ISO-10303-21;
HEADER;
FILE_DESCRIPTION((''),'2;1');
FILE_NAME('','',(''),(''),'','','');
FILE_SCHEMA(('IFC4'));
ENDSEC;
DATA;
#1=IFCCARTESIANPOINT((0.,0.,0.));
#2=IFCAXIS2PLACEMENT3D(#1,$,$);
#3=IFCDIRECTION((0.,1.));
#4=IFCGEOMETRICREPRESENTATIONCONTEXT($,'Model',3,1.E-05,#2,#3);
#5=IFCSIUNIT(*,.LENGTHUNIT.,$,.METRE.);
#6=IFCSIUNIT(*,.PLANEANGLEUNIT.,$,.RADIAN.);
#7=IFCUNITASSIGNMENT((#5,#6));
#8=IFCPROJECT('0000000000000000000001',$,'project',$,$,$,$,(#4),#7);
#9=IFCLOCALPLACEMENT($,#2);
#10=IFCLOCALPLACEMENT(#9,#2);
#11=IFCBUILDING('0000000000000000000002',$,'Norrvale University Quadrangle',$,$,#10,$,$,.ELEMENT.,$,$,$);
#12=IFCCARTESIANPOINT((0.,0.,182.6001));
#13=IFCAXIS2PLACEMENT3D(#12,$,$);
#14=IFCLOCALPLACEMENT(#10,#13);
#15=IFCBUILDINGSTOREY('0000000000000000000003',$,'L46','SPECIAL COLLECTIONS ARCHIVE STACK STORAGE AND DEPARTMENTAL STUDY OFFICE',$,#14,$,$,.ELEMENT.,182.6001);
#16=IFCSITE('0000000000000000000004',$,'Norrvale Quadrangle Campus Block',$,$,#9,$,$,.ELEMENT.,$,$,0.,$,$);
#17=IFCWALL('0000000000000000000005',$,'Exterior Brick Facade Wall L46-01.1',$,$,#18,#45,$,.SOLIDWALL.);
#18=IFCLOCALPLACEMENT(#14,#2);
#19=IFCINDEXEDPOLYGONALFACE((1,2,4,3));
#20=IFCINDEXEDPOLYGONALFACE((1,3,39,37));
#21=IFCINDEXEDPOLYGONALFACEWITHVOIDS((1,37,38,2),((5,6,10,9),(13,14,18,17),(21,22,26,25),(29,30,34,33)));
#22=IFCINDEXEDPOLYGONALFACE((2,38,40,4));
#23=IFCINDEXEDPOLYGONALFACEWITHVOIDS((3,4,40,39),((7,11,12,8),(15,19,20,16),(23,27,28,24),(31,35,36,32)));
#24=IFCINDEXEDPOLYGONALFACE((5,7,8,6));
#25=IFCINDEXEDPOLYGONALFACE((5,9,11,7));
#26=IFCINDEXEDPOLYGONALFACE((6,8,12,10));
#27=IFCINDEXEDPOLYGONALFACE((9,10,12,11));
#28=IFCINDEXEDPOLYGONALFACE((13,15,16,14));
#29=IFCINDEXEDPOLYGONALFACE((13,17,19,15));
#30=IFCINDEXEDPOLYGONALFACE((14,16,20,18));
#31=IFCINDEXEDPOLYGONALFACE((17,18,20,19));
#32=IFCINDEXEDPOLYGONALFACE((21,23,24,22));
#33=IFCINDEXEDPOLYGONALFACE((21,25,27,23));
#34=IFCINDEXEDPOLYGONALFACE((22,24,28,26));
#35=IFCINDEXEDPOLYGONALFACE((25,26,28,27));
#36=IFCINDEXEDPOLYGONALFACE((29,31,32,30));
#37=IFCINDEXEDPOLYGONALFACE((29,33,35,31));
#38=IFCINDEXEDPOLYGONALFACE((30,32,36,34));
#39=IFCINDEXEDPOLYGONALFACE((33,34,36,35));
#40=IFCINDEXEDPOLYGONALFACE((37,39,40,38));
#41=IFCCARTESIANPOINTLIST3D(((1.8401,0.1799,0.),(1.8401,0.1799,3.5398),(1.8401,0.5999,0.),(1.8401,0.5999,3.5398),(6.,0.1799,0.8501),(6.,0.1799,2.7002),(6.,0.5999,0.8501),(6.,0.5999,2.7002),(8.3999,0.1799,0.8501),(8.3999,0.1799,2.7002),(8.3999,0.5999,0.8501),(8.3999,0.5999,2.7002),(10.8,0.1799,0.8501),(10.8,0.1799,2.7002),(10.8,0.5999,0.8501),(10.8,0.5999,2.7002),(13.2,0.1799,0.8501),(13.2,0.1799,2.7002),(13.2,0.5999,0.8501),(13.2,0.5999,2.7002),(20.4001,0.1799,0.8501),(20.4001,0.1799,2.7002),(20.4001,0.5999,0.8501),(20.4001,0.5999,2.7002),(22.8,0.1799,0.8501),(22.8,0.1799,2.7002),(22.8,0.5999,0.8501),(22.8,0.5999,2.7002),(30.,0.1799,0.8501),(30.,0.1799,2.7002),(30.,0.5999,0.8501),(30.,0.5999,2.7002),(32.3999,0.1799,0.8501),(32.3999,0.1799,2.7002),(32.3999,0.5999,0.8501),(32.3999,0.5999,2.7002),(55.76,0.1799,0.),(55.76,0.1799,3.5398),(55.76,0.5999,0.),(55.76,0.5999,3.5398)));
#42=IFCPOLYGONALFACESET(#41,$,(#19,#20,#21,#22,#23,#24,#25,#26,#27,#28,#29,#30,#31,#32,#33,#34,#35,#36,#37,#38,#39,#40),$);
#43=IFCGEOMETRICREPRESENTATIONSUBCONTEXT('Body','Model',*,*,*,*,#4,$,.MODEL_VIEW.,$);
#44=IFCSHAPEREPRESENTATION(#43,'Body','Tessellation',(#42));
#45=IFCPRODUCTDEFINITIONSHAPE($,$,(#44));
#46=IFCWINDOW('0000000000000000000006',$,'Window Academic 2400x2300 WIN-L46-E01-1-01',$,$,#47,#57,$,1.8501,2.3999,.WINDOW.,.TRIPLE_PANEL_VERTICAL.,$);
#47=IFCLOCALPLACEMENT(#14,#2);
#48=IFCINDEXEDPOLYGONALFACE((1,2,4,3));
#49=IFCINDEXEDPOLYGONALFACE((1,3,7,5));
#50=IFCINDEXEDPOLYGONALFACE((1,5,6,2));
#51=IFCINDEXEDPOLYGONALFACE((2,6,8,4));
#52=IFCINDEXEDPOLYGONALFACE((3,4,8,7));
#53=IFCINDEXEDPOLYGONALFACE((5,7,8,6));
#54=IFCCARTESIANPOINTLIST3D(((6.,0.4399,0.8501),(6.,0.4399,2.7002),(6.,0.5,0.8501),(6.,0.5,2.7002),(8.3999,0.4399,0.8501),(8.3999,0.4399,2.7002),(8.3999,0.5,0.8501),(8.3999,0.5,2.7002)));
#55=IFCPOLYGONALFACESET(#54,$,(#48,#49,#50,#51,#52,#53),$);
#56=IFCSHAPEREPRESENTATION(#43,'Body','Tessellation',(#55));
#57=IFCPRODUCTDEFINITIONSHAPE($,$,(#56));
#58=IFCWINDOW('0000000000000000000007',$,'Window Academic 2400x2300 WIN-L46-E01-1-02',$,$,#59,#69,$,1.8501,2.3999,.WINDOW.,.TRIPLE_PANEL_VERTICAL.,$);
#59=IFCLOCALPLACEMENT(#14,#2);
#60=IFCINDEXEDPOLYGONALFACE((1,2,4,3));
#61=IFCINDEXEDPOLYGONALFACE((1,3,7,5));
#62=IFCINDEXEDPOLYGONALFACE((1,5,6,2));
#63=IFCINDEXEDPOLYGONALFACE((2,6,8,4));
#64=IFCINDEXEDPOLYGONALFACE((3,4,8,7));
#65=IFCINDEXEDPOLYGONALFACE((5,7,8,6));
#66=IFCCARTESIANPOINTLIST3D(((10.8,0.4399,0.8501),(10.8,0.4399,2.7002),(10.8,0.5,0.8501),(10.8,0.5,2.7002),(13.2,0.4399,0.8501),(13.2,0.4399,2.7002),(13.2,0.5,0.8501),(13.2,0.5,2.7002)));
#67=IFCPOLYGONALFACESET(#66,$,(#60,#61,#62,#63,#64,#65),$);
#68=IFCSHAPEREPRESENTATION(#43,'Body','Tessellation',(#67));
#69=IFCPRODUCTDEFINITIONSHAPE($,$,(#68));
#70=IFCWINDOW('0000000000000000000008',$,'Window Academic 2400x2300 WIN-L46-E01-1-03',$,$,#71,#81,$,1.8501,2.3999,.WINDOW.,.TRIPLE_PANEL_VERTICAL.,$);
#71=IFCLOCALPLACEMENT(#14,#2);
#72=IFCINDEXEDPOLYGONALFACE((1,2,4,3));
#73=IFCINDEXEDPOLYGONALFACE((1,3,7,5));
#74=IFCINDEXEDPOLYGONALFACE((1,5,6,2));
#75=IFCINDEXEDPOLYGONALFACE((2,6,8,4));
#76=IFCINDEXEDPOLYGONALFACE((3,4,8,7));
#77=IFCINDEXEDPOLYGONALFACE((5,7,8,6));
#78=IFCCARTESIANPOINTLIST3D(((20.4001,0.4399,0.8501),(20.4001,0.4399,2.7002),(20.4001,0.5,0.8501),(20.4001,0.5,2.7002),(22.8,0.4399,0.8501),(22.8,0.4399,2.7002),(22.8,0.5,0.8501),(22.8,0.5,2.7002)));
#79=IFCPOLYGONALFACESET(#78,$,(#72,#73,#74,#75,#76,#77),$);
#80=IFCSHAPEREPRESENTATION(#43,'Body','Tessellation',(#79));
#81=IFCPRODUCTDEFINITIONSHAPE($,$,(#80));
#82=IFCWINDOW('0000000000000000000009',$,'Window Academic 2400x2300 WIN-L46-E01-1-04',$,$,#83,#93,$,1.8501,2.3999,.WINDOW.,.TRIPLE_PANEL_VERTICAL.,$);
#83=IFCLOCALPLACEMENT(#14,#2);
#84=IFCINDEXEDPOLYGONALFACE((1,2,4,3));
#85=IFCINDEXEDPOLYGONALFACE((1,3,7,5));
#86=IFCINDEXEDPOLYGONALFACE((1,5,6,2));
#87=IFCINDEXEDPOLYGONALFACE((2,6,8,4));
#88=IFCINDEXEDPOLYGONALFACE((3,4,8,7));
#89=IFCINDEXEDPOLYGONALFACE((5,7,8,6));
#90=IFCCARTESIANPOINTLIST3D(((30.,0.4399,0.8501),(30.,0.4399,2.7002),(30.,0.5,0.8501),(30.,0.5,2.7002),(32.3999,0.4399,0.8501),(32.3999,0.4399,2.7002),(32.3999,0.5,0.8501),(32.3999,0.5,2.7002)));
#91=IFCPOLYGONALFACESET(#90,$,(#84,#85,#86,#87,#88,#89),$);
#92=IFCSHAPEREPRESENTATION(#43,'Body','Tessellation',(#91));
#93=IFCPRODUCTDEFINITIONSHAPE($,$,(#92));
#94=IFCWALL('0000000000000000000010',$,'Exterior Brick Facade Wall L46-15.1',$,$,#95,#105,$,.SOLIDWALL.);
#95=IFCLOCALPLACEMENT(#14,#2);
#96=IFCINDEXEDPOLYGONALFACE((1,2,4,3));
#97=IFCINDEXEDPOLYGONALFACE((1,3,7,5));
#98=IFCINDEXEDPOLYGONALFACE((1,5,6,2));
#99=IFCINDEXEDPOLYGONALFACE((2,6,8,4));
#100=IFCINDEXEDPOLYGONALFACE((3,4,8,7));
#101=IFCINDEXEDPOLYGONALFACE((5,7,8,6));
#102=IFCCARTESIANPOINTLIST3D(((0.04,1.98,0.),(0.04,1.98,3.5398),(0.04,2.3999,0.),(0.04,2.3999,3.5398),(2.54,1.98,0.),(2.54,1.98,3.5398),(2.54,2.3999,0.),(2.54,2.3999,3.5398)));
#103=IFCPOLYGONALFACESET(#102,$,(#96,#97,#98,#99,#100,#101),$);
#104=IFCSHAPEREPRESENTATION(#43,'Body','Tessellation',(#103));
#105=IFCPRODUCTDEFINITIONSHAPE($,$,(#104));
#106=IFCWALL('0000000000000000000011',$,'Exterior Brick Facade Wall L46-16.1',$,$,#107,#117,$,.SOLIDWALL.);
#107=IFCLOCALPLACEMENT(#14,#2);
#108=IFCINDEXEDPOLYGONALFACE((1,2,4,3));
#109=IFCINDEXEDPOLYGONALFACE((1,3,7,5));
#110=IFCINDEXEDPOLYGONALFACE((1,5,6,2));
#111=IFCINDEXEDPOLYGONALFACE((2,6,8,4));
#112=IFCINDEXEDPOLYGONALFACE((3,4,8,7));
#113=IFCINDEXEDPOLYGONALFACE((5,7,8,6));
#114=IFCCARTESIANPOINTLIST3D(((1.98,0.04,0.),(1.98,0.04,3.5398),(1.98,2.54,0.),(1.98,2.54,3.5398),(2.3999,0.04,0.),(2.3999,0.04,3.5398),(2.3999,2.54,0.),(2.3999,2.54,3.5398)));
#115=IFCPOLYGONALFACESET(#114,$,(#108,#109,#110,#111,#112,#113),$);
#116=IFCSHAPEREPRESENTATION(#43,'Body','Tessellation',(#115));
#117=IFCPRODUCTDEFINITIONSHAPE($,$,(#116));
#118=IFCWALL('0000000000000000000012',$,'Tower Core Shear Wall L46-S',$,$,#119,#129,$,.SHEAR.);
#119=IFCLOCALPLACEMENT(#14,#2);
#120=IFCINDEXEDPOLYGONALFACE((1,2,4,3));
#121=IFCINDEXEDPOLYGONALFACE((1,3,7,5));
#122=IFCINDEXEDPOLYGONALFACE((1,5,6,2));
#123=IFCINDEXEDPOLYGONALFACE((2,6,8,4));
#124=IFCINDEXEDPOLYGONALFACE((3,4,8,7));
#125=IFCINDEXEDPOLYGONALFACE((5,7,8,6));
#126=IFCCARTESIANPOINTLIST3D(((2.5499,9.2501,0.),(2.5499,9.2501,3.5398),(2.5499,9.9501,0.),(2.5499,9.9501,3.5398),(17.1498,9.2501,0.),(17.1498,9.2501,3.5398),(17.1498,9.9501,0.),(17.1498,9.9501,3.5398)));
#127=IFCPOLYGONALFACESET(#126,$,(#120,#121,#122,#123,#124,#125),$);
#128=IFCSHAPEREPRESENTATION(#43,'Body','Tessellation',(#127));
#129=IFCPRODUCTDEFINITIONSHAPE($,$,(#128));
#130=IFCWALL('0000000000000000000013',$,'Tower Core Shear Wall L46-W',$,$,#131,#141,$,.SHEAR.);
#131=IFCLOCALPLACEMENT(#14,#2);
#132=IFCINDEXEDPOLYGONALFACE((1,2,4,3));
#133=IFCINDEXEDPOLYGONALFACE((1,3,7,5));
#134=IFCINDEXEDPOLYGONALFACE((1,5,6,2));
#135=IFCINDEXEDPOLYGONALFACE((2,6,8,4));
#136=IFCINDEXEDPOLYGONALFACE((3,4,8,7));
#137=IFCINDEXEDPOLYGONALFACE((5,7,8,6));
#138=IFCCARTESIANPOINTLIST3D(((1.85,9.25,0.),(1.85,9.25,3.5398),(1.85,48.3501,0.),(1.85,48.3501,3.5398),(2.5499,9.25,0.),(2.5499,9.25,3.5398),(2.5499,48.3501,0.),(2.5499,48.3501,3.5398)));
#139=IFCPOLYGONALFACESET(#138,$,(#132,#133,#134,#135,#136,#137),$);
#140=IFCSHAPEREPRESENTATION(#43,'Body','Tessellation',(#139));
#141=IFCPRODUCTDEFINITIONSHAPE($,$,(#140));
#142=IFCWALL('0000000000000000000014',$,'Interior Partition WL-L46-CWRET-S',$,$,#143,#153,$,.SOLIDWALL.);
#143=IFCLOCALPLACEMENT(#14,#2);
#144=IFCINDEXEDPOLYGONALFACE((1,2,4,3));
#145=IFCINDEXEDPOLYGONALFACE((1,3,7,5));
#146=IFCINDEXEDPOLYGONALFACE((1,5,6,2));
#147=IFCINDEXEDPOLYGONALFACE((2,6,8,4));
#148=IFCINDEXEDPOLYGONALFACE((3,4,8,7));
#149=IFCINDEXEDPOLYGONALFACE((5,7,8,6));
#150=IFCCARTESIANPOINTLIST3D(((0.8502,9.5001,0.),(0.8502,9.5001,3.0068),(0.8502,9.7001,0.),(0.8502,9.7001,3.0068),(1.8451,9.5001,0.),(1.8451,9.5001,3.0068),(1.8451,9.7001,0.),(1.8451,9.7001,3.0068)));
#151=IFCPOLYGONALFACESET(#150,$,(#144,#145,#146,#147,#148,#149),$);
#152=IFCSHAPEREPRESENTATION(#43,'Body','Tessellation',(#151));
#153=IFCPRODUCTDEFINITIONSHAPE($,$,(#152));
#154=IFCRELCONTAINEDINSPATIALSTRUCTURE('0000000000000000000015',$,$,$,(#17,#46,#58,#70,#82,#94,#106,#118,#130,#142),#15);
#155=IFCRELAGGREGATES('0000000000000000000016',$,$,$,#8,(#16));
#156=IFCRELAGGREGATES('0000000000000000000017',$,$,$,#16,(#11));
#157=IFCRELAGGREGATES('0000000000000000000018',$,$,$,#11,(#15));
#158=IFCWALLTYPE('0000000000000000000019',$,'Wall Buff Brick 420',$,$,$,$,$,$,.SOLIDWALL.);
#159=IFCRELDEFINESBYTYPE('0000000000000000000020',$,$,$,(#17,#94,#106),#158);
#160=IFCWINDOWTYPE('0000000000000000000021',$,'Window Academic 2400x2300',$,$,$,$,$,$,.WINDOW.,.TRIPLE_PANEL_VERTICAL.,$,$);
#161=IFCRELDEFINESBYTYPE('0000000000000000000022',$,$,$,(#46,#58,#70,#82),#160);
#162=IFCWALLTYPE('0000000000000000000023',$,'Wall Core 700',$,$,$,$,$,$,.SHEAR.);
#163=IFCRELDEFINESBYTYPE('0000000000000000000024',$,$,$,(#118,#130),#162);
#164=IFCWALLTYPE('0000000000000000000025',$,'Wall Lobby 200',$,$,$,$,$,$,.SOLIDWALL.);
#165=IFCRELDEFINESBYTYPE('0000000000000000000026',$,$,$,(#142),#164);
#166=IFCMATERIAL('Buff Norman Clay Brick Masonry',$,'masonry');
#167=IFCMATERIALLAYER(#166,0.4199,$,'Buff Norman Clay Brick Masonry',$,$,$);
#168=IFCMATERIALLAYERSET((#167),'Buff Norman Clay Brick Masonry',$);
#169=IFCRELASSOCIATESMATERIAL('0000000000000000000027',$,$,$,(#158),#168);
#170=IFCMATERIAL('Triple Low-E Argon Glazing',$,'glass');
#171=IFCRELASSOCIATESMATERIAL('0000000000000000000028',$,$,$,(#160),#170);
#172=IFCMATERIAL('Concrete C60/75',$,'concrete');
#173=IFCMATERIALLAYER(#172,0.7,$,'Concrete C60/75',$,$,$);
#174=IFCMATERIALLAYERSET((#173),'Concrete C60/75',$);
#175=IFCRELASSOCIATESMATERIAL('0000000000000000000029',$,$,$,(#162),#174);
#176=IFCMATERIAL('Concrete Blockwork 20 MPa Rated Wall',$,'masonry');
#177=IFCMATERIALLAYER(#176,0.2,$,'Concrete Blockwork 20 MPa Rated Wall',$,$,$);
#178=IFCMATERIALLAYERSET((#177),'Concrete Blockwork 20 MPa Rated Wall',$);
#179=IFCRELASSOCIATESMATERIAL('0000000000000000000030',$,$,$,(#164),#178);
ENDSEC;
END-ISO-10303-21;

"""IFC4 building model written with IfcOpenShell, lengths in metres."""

from ifc_helpers import new_model, si_unit, direction, frame, frame_2d, origin, place, context, subcontext, project, spatial, rectangle, extrude, material, layer, layer_set, type_object, element, fill, save


model = new_model("IFC4")

# Units and contexts
model_context = context("Model", 3, precision=1e-05, world=origin(), true_north=direction((0.0, 1.0)))
body_context = subcontext(model_context, "Body", "Model", "MODEL_VIEW")
ifc_project = project(units=[si_unit("LENGTHUNIT", "METRE"), si_unit("PLANEANGLEUNIT", "RADIAN")], contexts=[model_context])

# Site, building, storey
site_placement = place(None, origin())
site = spatial("IfcSite", under=ifc_project, at=site_placement, Name="Norrvale Quadrangle Campus Block", CompositionType="ELEMENT", RefElevation=0.0)
building_placement = place(site_placement, origin())
building = spatial("IfcBuilding", under=site, at=building_placement, Name="Norrvale University Quadrangle", CompositionType="ELEMENT")
storey_placement = place(building_placement, frame((0.0, 0.0, 182.6001)))
storey = spatial("IfcBuildingStorey", under=building, at=storey_placement, Name="L46", Description="SPECIAL COLLECTIONS ARCHIVE STACK STORAGE AND DEPARTMENTAL STUDY OFFICE", CompositionType="ELEMENT", Elevation=182.6001)

# Shared definitions
ifc_material_1 = material(Name="Concrete C60/75", Category="concrete")

# Wall, openings, windows
ifc_material_2 = material(Name="Buff Norman Clay Brick Masonry", Category="masonry")
ifc_layer_1 = layer(ifc_material_2, 0.4199, Name="Buff Norman Clay Brick Masonry")
ifc_layer_set_1 = layer_set([ifc_layer_1], Name="Buff Norman Clay Brick Masonry")
wall_type_1 = type_object("IfcWallType", Name="Wall Buff Brick 420", PredefinedType="SOLIDWALL", material=ifc_layer_set_1)
wall_1_placement = place(storey_placement, frame((1.8401, 0.3899, 0.0), z_axis=(0.0, 0.0, 1.0), x_axis=(1.0, 0.0, 0.0)))
wall_1 = element("IfcWall", 1, at=wall_1_placement, inside=storey, type_object=wall_type_1, Name="Exterior Brick Facade Wall L46-01.1", PredefinedType="SOLIDWALL", context=body_context, shape_type="SweptSolid", body=[
    extrude(rectangle(XDim=53.9199, YDim=0.4199, at=frame_2d((26.96, 0.0))), origin(), (0.0, 0.0, 1.0), 3.5398),
])
opening_1_placement = place(wall_1_placement, frame((4.1599, 0.0, 0.8501)))
opening_1 = element("IfcOpeningElement", 2, at=opening_1_placement, cuts=wall_1, PredefinedType="OPENING", context=body_context, shape_type="SweptSolid", body=[
    extrude(rectangle(XDim=2.3999, YDim=1.8501, at=frame_2d((1.2, 0.925))), frame((0.0, 0.2219, 0.0), z_axis=(0.0, -1.0, 0.0), x_axis=(1.0, 0.0, 0.0)), (0.0, 0.0, 1.0), 0.4438),
])
opening_2_placement = place(wall_1_placement, frame((8.96, 0.0, 0.8501)))
opening_2 = element("IfcOpeningElement", 3, at=opening_2_placement, cuts=wall_1, PredefinedType="OPENING", context=body_context, shape_type="SweptSolid", body=[
    extrude(rectangle(XDim=2.3999, YDim=1.8501, at=frame_2d((1.2, 0.925))), frame((0.0, 0.2219, 0.0), z_axis=(0.0, -1.0, 0.0), x_axis=(1.0, 0.0, 0.0)), (0.0, 0.0, 1.0), 0.4438),
])
opening_3_placement = place(wall_1_placement, frame((18.5601, 0.0, 0.8501)))
opening_3 = element("IfcOpeningElement", 4, at=opening_3_placement, cuts=wall_1, PredefinedType="OPENING", context=body_context, shape_type="SweptSolid", body=[
    extrude(rectangle(XDim=2.3999, YDim=1.8501, at=frame_2d((1.2, 0.925))), frame((0.0, 0.2219, 0.0), z_axis=(0.0, -1.0, 0.0), x_axis=(1.0, 0.0, 0.0)), (0.0, 0.0, 1.0), 0.4438),
])
opening_4_placement = place(wall_1_placement, frame((28.1599, 0.0, 0.8501)))
opening_4 = element("IfcOpeningElement", 5, at=opening_4_placement, cuts=wall_1, PredefinedType="OPENING", context=body_context, shape_type="SweptSolid", body=[
    extrude(rectangle(XDim=2.3999, YDim=1.8501, at=frame_2d((1.2, 0.925))), frame((0.0, 0.2219, 0.0), z_axis=(0.0, -1.0, 0.0), x_axis=(1.0, 0.0, 0.0)), (0.0, 0.0, 1.0), 0.4438),
])
ifc_material_3 = material(Name="Triple Low-E Argon Glazing", Category="glass")
window_type = type_object("IfcWindowType", Name="Window Academic 2400x2300", PartitioningType="TRIPLE_PANEL_VERTICAL", PredefinedType="WINDOW", material=ifc_material_3)
window_1_placement = place(opening_1_placement, origin())
window_1 = element("IfcWindow", 6, at=window_1_placement, inside=storey, type_object=window_type, Name="Window Academic 2400x2300 WIN-L46-E01-1-01", OverallHeight=1.8501, OverallWidth=2.3999, PartitioningType="TRIPLE_PANEL_VERTICAL", PredefinedType="WINDOW", context=body_context, shape_type="SweptSolid", body=[
    extrude(rectangle(XDim=2.3999, YDim=1.8501, at=frame_2d((1.2, 0.925))), frame((0.0, 0.1101, 0.0), z_axis=(0.0, -1.0, 0.0), x_axis=(1.0, 0.0, 0.0)), (0.0, 0.0, 1.0), 0.0601),
])
fill(opening_1, window_1)
window_2_placement = place(opening_2_placement, origin())
window_2 = element("IfcWindow", 7, at=window_2_placement, inside=storey, type_object=window_type, Name="Window Academic 2400x2300 WIN-L46-E01-1-02", OverallHeight=1.8501, OverallWidth=2.3999, PartitioningType="TRIPLE_PANEL_VERTICAL", PredefinedType="WINDOW", context=body_context, shape_type="SweptSolid", body=[
    extrude(rectangle(XDim=2.3999, YDim=1.8501, at=frame_2d((1.2, 0.925))), frame((0.0, 0.1101, 0.0), z_axis=(0.0, -1.0, 0.0), x_axis=(1.0, 0.0, 0.0)), (0.0, 0.0, 1.0), 0.0601),
])
fill(opening_2, window_2)
window_3_placement = place(opening_3_placement, origin())
window_3 = element("IfcWindow", 8, at=window_3_placement, inside=storey, type_object=window_type, Name="Window Academic 2400x2300 WIN-L46-E01-1-03", OverallHeight=1.8501, OverallWidth=2.3999, PartitioningType="TRIPLE_PANEL_VERTICAL", PredefinedType="WINDOW", context=body_context, shape_type="SweptSolid", body=[
    extrude(rectangle(XDim=2.3999, YDim=1.8501, at=frame_2d((1.2, 0.925))), frame((0.0, 0.1101, 0.0), z_axis=(0.0, -1.0, 0.0), x_axis=(1.0, 0.0, 0.0)), (0.0, 0.0, 1.0), 0.0601),
])
fill(opening_3, window_3)
window_4_placement = place(opening_4_placement, origin())
window_4 = element("IfcWindow", 9, at=window_4_placement, inside=storey, type_object=window_type, Name="Window Academic 2400x2300 WIN-L46-E01-1-04", OverallHeight=1.8501, OverallWidth=2.3999, PartitioningType="TRIPLE_PANEL_VERTICAL", PredefinedType="WINDOW", context=body_context, shape_type="SweptSolid", body=[
    extrude(rectangle(XDim=2.3999, YDim=1.8501, at=frame_2d((1.2, 0.925))), frame((0.0, 0.1101, 0.0), z_axis=(0.0, -1.0, 0.0), x_axis=(1.0, 0.0, 0.0)), (0.0, 0.0, 1.0), 0.0601),
])
fill(opening_4, window_4)

# Walls
for number, where, z_axis, x_axis, name in (
    (10, (0.04, 2.1899, 0.0), (0.0, 0.0, 1.0), (1.0, 0.0, 0.0), "Exterior Brick Facade Wall L46-15.1"),
    (11, (2.1899, 2.54, 0.0), (0.0, 0.0, 1.0), (0.0, -1.0, 0.0), "Exterior Brick Facade Wall L46-16.1"),
):
    element("IfcWall", number, at=place(storey_placement, frame(where, z_axis=z_axis, x_axis=x_axis)), inside=storey, type_object=wall_type_1, Name=name, PredefinedType="SOLIDWALL", context=body_context, shape_type="SweptSolid", body=[
        extrude(rectangle(XDim=2.5, YDim=0.4199, at=frame_2d((1.25, 0.0))), origin(), (0.0, 0.0, 1.0), 3.5398),
    ])
ifc_layer_2 = layer(ifc_material_1, 0.7, Name="Concrete C60/75")
ifc_layer_set_2 = layer_set([ifc_layer_2], Name="Concrete C60/75")
wall_type_2 = type_object("IfcWallType", Name="Wall Core 700", PredefinedType="SHEAR", material=ifc_layer_set_2)
wall_2_placement = place(storey_placement, frame((2.55, 9.6001, 0.0), z_axis=(0.0, 0.0, 1.0), x_axis=(1.0, 0.0, 0.0)))
element("IfcWall", 12, at=wall_2_placement, inside=storey, type_object=wall_type_2, Name="Tower Core Shear Wall L46-S", PredefinedType="SHEAR", context=body_context, shape_type="SweptSolid", body=[
    extrude(rectangle(XDim=14.5999, YDim=0.7, at=frame_2d((7.2998, 0.0))), origin(), (0.0, 0.0, 1.0), 3.5398),
])
wall_3_placement = place(storey_placement, frame((2.2, 9.25, 0.0), z_axis=(0.0, 0.0, 1.0), x_axis=(0.0, 1.0, 0.0)))
element("IfcWall", 13, at=wall_3_placement, inside=storey, type_object=wall_type_2, Name="Tower Core Shear Wall L46-W", PredefinedType="SHEAR", context=body_context, shape_type="SweptSolid", body=[
    extrude(rectangle(XDim=39.1001, YDim=0.7, at=frame_2d((19.55, 0.0))), origin(), (0.0, 0.0, 1.0), 3.5398),
])
ifc_material_4 = material(Name="Concrete Blockwork 20 MPa Rated Wall", Category="masonry")
ifc_layer_3 = layer(ifc_material_4, 0.2, Name="Concrete Blockwork 20 MPa Rated Wall")
ifc_layer_set_3 = layer_set([ifc_layer_3], Name="Concrete Blockwork 20 MPa Rated Wall")
wall_type_3 = type_object("IfcWallType", Name="Wall Lobby 200", PredefinedType="SOLIDWALL", material=ifc_layer_set_3)
wall_4_placement = place(storey_placement, frame((0.8501, 9.6001, 0.0), z_axis=(0.0, 0.0, 1.0), x_axis=(1.0, 0.0, 0.0)))
element("IfcWall", 14, at=wall_4_placement, inside=storey, type_object=wall_type_3, Name="Interior Partition WL-L46-CWRET-S", PredefinedType="SOLIDWALL", context=body_context, shape_type="SweptSolid", body=[
    extrude(rectangle(XDim=0.9949, YDim=0.2, at=frame_2d((0.4976, 0.0))), origin(), (0.0, 0.0, 1.0), 3.0068),
])

save(model, "model.ifc")
